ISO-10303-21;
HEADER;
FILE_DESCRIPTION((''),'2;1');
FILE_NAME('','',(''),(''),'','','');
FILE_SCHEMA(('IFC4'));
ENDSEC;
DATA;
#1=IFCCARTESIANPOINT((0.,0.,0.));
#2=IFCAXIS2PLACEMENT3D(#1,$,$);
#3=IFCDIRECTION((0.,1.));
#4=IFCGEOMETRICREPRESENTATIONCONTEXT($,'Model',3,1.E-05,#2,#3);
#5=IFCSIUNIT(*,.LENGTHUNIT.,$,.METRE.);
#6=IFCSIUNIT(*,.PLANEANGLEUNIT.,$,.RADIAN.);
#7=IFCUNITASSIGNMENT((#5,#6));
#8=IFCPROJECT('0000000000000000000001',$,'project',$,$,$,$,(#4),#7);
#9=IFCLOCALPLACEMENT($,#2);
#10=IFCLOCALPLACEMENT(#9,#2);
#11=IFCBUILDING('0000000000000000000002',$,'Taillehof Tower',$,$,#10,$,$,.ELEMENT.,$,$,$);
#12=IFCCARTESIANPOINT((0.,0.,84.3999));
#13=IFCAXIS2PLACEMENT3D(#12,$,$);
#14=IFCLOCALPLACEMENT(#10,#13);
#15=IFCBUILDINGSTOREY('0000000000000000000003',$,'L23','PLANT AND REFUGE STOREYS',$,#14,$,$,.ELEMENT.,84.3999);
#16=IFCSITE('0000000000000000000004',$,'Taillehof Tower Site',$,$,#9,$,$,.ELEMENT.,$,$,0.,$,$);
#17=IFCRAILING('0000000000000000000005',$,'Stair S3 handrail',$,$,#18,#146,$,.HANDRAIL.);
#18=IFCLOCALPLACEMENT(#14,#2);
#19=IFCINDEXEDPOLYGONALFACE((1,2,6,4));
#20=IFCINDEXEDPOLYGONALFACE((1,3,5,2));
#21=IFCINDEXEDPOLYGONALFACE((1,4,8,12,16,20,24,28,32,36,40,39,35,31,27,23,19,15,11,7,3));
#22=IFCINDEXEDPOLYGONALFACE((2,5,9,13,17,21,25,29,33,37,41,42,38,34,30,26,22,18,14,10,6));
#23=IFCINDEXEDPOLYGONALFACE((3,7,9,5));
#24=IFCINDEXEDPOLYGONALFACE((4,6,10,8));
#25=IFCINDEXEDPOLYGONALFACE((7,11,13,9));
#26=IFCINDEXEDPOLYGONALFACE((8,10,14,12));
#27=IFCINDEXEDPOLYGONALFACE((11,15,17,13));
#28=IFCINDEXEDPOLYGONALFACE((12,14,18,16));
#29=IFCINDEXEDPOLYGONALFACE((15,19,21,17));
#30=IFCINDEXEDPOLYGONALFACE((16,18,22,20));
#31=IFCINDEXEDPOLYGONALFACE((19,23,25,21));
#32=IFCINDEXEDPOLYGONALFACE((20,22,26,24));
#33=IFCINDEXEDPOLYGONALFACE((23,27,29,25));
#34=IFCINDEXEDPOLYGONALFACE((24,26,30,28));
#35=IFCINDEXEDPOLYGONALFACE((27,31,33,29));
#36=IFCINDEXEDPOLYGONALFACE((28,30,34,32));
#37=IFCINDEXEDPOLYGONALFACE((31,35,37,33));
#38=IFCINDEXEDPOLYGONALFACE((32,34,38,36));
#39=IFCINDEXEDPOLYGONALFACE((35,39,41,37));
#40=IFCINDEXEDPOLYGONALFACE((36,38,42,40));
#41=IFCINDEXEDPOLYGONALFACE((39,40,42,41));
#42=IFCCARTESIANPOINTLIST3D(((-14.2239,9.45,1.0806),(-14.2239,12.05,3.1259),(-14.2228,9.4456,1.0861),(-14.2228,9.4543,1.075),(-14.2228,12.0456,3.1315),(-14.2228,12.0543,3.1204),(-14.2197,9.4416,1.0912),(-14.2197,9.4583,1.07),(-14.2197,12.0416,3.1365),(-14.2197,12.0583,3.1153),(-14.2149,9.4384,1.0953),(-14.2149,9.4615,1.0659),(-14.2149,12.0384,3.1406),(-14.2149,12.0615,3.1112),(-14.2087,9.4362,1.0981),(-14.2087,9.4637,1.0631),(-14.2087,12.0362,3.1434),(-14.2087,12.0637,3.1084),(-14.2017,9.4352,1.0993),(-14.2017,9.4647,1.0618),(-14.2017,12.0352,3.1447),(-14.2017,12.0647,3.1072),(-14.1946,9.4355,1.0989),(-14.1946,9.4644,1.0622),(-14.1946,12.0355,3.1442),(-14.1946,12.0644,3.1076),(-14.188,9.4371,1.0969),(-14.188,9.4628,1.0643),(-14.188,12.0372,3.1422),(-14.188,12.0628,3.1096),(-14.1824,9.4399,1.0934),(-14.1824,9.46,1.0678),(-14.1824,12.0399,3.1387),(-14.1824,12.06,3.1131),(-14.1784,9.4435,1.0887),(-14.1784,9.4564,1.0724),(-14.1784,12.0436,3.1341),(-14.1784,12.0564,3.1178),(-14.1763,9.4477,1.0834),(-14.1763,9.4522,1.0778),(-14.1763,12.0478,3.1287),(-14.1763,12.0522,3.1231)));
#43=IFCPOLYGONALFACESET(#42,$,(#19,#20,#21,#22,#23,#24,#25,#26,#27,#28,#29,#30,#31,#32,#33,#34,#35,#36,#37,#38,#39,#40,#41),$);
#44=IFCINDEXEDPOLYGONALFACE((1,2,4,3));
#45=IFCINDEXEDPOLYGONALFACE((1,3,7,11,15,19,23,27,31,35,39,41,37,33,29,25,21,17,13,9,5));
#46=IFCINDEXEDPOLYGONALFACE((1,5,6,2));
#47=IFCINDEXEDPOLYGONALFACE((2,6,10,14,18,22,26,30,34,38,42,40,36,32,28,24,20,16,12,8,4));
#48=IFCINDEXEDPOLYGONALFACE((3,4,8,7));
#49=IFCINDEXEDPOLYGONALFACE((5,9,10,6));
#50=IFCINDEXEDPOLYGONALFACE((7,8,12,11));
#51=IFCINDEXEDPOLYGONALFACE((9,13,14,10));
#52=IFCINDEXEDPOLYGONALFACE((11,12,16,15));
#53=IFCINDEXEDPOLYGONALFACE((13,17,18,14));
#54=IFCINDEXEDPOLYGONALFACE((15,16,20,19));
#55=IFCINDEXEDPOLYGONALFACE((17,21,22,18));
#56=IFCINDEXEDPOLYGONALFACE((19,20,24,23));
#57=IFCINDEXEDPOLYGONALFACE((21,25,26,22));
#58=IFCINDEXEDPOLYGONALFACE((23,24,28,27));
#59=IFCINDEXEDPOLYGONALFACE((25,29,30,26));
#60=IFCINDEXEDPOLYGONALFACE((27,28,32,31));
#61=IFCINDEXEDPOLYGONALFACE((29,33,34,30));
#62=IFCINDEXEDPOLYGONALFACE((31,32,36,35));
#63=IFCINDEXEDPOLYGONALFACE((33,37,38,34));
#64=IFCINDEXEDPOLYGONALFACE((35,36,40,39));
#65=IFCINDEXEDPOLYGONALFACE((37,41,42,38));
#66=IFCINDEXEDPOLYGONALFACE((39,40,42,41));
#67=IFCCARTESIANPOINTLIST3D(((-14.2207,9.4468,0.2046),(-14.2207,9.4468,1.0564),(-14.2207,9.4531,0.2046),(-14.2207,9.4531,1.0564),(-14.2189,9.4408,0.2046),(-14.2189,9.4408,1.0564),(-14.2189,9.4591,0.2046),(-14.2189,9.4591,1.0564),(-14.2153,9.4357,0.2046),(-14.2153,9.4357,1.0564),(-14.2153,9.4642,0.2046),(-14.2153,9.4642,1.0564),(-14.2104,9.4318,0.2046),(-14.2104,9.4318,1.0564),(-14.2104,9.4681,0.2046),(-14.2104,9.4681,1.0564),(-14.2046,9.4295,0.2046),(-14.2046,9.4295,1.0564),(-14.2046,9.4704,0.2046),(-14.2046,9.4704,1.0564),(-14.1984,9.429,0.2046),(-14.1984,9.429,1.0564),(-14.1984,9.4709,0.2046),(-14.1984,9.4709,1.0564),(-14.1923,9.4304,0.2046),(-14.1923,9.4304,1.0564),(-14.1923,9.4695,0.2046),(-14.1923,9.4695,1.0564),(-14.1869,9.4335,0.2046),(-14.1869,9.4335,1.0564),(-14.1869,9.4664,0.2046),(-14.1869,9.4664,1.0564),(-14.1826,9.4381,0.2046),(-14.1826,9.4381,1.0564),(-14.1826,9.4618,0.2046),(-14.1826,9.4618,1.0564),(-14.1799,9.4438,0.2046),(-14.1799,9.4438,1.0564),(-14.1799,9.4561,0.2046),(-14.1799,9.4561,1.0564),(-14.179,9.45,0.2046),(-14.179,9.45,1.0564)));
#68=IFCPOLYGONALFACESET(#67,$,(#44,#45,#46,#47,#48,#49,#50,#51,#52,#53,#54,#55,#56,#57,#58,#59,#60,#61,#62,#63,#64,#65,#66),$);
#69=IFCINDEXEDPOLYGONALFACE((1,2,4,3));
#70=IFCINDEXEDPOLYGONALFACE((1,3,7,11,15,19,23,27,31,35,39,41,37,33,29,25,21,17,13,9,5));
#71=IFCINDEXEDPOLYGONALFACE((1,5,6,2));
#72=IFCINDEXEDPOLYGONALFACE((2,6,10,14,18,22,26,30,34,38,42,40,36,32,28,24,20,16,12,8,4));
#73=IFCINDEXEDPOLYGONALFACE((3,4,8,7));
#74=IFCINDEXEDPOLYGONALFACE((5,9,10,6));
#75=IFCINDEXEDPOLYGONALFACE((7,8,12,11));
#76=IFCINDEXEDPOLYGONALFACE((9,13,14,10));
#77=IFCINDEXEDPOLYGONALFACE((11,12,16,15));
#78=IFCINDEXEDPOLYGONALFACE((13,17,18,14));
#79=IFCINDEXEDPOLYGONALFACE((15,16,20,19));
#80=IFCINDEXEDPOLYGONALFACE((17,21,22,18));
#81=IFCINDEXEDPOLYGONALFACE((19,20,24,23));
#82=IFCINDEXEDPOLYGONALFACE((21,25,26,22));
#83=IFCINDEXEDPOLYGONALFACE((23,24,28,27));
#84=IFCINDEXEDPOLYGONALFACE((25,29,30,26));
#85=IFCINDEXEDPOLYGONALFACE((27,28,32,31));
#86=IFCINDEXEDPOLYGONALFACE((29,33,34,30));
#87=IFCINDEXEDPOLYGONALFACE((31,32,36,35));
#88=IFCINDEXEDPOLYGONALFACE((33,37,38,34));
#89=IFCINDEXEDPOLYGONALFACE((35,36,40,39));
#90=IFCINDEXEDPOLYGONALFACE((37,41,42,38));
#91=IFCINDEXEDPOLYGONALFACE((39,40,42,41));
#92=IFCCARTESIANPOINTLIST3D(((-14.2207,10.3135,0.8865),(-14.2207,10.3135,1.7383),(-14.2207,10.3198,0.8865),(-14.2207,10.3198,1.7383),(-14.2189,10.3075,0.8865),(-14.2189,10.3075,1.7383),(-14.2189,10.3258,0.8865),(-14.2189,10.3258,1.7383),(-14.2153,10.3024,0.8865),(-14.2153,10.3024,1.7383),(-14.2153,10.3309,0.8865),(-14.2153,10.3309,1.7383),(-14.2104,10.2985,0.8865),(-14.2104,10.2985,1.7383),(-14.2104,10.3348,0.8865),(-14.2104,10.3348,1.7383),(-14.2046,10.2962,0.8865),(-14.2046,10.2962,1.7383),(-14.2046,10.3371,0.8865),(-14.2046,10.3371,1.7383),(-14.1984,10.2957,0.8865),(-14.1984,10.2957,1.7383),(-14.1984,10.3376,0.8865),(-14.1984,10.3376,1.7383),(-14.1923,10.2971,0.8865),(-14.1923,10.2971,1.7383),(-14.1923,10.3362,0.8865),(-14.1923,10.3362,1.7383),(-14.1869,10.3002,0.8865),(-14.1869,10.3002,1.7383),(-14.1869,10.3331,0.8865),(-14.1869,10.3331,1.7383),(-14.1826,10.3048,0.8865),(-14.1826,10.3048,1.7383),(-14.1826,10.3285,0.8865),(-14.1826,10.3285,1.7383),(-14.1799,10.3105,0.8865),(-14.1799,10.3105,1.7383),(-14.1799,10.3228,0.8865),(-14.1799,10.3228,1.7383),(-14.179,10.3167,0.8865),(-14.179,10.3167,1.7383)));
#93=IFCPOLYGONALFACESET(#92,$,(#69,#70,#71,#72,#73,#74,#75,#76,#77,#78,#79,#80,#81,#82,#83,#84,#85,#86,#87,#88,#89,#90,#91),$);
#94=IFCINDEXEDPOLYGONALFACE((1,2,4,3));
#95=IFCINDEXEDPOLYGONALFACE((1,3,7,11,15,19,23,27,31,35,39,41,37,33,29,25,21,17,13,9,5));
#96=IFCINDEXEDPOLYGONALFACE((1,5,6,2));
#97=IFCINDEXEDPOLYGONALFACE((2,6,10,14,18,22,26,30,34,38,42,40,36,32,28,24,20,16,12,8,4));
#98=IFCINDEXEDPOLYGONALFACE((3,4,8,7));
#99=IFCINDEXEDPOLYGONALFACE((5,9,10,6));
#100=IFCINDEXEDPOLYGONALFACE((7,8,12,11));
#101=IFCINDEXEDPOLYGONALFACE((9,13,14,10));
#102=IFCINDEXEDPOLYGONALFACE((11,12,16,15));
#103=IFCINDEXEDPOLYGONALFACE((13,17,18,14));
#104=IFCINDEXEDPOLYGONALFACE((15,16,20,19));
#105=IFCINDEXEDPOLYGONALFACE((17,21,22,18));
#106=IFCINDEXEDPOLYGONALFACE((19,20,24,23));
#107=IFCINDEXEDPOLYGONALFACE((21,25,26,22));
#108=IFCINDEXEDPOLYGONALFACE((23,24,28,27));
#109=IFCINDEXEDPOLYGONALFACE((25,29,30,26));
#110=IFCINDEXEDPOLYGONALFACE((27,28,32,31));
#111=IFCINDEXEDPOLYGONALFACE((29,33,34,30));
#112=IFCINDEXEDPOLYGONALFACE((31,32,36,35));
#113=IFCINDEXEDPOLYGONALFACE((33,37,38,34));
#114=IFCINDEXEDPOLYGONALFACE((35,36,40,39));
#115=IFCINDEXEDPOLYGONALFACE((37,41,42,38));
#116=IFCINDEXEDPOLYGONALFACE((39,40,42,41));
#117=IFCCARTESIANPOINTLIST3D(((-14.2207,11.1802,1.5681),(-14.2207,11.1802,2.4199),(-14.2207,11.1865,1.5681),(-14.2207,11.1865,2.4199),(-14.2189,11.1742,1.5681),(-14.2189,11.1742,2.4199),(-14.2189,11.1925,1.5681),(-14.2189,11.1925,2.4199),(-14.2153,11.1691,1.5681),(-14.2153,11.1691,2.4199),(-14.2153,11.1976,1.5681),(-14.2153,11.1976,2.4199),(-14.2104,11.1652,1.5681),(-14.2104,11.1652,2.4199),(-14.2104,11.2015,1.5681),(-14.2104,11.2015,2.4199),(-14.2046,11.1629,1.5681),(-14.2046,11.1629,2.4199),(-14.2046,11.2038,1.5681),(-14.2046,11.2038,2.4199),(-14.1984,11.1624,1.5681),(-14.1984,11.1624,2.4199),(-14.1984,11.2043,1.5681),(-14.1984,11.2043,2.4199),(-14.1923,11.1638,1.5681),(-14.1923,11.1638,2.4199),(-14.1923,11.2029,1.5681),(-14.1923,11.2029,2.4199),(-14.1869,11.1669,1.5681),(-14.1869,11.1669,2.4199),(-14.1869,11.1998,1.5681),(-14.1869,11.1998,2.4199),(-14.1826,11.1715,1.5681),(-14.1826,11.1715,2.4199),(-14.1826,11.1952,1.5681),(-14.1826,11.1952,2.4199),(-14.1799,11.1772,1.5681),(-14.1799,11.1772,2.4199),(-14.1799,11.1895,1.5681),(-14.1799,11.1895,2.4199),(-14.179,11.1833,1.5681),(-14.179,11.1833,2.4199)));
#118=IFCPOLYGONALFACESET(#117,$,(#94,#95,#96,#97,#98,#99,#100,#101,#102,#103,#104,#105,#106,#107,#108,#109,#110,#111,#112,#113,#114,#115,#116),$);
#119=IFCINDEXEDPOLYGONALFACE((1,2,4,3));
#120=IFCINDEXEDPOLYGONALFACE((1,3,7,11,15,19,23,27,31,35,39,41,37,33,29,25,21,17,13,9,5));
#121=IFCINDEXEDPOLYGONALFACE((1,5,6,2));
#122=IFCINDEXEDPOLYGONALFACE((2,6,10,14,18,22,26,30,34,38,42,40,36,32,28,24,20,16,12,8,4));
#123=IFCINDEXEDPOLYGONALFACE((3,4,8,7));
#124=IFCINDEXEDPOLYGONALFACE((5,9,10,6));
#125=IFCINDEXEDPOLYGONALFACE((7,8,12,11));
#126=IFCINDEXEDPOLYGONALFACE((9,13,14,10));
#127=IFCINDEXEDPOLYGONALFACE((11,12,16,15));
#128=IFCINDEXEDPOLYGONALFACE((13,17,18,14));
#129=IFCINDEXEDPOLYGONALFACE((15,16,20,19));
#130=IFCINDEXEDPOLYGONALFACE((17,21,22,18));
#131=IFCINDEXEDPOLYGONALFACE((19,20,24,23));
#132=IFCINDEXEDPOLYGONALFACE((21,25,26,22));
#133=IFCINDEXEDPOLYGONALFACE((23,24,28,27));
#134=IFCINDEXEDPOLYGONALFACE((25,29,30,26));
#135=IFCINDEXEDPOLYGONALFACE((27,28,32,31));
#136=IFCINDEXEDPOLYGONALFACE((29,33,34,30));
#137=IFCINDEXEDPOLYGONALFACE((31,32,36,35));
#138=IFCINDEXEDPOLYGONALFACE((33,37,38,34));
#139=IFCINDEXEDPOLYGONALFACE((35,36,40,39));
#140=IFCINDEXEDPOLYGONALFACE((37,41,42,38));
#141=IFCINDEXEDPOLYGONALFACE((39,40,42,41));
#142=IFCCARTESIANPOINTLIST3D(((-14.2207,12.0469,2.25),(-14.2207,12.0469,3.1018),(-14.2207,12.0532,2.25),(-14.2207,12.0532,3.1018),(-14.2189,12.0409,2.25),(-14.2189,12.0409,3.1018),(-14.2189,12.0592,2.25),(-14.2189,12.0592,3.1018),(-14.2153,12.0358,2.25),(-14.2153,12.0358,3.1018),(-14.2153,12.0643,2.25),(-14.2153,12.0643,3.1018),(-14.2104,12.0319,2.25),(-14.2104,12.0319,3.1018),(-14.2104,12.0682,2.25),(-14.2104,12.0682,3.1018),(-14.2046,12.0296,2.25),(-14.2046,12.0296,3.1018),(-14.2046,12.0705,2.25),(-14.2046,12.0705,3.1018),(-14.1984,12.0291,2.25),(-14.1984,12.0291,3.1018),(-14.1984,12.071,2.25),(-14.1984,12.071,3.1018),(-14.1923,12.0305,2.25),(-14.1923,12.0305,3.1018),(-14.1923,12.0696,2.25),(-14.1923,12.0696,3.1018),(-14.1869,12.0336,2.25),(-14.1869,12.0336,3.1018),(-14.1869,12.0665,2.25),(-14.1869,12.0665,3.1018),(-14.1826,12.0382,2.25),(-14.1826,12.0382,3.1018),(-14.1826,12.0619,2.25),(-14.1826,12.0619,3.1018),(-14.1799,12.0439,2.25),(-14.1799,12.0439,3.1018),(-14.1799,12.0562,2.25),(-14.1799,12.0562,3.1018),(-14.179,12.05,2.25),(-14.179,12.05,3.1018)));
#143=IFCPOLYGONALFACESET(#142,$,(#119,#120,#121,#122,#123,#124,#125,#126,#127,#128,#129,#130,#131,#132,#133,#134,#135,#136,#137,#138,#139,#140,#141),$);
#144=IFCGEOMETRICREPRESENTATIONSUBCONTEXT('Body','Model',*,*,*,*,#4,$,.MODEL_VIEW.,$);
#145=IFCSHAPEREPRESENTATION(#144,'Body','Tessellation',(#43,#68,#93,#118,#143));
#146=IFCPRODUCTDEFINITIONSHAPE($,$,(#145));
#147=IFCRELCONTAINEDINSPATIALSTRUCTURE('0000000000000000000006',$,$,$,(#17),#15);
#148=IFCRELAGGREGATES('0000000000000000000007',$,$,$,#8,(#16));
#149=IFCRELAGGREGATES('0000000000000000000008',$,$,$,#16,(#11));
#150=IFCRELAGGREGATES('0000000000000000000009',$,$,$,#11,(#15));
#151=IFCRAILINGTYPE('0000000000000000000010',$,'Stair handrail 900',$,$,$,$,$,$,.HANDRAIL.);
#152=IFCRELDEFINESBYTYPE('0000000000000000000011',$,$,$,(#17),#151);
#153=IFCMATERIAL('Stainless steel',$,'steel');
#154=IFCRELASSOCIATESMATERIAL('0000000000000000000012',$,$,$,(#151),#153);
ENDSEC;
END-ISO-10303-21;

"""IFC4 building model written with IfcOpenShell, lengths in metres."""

from ifc_helpers import new_model, si_unit, direction, frame, origin, origin_2d, place, context, subcontext, project, spatial, circle, extrude, material, type_object, element, save


model = new_model("IFC4")

# Units and contexts
model_context = context("Model", 3, precision=1e-05, world=origin(), true_north=direction((0.0, 1.0)))
body_context = subcontext(model_context, "Body", "Model", "MODEL_VIEW")
ifc_project = project(units=[si_unit("LENGTHUNIT", "METRE"), si_unit("PLANEANGLEUNIT", "RADIAN")], contexts=[model_context])

# Site, building, storey
site_placement = place(None, origin())
site = spatial("IfcSite", under=ifc_project, at=site_placement, Name="Taillehof Tower Site", CompositionType="ELEMENT", RefElevation=0.0)
building_placement = place(site_placement, origin())
building = spatial("IfcBuilding", under=site, at=building_placement, Name="Taillehof Tower", CompositionType="ELEMENT")
storey_placement = place(building_placement, frame((0.0, 0.0, 84.3999)))
storey = spatial("IfcBuildingStorey", under=building, at=storey_placement, Name="L23", Description="PLANT AND REFUGE STOREYS", CompositionType="ELEMENT", Elevation=84.3999)

# Railing
ifc_material_1 = material(Name="Stainless steel", Category="steel")
railing_type = type_object("IfcRailingType", Name="Stair handrail 900", PredefinedType="HANDRAIL", material=ifc_material_1)
railing_1_placement = place(storey_placement, frame((-14.2, 9.45, 0.2046)))
element("IfcRailing", 1, at=railing_1_placement, inside=storey, type_object=railing_type, Name="Stair S3 handrail", PredefinedType="HANDRAIL", context=body_context, shape_type="SweptSolid", body=[
    extrude(circle(Radius=0.0239, at=origin_2d()), frame((0.0, 0.0, 0.876), z_axis=(0.0, 0.785955, 0.618284), x_axis=(-1.0, 0.0, 0.0)), (0.0, 0.0, 1.0), 3.3081),
    extrude(circle(Radius=0.021, at=origin_2d()), origin(), (0.0, 0.0, 1.0), 0.8518),
    extrude(circle(Radius=0.021, at=origin_2d()), frame((0.0, 0.8667, 0.6819)), (0.0, 0.0, 1.0), 0.8518),
    extrude(circle(Radius=0.021, at=origin_2d()), frame((0.0, 1.7334, 1.3635)), (0.0, 0.0, 1.0), 0.8518),
    extrude(circle(Radius=0.021, at=origin_2d()), frame((0.0, 2.6001, 2.0454)), (0.0, 0.0, 1.0), 0.8518),
])

save(model, "model.ifc")
